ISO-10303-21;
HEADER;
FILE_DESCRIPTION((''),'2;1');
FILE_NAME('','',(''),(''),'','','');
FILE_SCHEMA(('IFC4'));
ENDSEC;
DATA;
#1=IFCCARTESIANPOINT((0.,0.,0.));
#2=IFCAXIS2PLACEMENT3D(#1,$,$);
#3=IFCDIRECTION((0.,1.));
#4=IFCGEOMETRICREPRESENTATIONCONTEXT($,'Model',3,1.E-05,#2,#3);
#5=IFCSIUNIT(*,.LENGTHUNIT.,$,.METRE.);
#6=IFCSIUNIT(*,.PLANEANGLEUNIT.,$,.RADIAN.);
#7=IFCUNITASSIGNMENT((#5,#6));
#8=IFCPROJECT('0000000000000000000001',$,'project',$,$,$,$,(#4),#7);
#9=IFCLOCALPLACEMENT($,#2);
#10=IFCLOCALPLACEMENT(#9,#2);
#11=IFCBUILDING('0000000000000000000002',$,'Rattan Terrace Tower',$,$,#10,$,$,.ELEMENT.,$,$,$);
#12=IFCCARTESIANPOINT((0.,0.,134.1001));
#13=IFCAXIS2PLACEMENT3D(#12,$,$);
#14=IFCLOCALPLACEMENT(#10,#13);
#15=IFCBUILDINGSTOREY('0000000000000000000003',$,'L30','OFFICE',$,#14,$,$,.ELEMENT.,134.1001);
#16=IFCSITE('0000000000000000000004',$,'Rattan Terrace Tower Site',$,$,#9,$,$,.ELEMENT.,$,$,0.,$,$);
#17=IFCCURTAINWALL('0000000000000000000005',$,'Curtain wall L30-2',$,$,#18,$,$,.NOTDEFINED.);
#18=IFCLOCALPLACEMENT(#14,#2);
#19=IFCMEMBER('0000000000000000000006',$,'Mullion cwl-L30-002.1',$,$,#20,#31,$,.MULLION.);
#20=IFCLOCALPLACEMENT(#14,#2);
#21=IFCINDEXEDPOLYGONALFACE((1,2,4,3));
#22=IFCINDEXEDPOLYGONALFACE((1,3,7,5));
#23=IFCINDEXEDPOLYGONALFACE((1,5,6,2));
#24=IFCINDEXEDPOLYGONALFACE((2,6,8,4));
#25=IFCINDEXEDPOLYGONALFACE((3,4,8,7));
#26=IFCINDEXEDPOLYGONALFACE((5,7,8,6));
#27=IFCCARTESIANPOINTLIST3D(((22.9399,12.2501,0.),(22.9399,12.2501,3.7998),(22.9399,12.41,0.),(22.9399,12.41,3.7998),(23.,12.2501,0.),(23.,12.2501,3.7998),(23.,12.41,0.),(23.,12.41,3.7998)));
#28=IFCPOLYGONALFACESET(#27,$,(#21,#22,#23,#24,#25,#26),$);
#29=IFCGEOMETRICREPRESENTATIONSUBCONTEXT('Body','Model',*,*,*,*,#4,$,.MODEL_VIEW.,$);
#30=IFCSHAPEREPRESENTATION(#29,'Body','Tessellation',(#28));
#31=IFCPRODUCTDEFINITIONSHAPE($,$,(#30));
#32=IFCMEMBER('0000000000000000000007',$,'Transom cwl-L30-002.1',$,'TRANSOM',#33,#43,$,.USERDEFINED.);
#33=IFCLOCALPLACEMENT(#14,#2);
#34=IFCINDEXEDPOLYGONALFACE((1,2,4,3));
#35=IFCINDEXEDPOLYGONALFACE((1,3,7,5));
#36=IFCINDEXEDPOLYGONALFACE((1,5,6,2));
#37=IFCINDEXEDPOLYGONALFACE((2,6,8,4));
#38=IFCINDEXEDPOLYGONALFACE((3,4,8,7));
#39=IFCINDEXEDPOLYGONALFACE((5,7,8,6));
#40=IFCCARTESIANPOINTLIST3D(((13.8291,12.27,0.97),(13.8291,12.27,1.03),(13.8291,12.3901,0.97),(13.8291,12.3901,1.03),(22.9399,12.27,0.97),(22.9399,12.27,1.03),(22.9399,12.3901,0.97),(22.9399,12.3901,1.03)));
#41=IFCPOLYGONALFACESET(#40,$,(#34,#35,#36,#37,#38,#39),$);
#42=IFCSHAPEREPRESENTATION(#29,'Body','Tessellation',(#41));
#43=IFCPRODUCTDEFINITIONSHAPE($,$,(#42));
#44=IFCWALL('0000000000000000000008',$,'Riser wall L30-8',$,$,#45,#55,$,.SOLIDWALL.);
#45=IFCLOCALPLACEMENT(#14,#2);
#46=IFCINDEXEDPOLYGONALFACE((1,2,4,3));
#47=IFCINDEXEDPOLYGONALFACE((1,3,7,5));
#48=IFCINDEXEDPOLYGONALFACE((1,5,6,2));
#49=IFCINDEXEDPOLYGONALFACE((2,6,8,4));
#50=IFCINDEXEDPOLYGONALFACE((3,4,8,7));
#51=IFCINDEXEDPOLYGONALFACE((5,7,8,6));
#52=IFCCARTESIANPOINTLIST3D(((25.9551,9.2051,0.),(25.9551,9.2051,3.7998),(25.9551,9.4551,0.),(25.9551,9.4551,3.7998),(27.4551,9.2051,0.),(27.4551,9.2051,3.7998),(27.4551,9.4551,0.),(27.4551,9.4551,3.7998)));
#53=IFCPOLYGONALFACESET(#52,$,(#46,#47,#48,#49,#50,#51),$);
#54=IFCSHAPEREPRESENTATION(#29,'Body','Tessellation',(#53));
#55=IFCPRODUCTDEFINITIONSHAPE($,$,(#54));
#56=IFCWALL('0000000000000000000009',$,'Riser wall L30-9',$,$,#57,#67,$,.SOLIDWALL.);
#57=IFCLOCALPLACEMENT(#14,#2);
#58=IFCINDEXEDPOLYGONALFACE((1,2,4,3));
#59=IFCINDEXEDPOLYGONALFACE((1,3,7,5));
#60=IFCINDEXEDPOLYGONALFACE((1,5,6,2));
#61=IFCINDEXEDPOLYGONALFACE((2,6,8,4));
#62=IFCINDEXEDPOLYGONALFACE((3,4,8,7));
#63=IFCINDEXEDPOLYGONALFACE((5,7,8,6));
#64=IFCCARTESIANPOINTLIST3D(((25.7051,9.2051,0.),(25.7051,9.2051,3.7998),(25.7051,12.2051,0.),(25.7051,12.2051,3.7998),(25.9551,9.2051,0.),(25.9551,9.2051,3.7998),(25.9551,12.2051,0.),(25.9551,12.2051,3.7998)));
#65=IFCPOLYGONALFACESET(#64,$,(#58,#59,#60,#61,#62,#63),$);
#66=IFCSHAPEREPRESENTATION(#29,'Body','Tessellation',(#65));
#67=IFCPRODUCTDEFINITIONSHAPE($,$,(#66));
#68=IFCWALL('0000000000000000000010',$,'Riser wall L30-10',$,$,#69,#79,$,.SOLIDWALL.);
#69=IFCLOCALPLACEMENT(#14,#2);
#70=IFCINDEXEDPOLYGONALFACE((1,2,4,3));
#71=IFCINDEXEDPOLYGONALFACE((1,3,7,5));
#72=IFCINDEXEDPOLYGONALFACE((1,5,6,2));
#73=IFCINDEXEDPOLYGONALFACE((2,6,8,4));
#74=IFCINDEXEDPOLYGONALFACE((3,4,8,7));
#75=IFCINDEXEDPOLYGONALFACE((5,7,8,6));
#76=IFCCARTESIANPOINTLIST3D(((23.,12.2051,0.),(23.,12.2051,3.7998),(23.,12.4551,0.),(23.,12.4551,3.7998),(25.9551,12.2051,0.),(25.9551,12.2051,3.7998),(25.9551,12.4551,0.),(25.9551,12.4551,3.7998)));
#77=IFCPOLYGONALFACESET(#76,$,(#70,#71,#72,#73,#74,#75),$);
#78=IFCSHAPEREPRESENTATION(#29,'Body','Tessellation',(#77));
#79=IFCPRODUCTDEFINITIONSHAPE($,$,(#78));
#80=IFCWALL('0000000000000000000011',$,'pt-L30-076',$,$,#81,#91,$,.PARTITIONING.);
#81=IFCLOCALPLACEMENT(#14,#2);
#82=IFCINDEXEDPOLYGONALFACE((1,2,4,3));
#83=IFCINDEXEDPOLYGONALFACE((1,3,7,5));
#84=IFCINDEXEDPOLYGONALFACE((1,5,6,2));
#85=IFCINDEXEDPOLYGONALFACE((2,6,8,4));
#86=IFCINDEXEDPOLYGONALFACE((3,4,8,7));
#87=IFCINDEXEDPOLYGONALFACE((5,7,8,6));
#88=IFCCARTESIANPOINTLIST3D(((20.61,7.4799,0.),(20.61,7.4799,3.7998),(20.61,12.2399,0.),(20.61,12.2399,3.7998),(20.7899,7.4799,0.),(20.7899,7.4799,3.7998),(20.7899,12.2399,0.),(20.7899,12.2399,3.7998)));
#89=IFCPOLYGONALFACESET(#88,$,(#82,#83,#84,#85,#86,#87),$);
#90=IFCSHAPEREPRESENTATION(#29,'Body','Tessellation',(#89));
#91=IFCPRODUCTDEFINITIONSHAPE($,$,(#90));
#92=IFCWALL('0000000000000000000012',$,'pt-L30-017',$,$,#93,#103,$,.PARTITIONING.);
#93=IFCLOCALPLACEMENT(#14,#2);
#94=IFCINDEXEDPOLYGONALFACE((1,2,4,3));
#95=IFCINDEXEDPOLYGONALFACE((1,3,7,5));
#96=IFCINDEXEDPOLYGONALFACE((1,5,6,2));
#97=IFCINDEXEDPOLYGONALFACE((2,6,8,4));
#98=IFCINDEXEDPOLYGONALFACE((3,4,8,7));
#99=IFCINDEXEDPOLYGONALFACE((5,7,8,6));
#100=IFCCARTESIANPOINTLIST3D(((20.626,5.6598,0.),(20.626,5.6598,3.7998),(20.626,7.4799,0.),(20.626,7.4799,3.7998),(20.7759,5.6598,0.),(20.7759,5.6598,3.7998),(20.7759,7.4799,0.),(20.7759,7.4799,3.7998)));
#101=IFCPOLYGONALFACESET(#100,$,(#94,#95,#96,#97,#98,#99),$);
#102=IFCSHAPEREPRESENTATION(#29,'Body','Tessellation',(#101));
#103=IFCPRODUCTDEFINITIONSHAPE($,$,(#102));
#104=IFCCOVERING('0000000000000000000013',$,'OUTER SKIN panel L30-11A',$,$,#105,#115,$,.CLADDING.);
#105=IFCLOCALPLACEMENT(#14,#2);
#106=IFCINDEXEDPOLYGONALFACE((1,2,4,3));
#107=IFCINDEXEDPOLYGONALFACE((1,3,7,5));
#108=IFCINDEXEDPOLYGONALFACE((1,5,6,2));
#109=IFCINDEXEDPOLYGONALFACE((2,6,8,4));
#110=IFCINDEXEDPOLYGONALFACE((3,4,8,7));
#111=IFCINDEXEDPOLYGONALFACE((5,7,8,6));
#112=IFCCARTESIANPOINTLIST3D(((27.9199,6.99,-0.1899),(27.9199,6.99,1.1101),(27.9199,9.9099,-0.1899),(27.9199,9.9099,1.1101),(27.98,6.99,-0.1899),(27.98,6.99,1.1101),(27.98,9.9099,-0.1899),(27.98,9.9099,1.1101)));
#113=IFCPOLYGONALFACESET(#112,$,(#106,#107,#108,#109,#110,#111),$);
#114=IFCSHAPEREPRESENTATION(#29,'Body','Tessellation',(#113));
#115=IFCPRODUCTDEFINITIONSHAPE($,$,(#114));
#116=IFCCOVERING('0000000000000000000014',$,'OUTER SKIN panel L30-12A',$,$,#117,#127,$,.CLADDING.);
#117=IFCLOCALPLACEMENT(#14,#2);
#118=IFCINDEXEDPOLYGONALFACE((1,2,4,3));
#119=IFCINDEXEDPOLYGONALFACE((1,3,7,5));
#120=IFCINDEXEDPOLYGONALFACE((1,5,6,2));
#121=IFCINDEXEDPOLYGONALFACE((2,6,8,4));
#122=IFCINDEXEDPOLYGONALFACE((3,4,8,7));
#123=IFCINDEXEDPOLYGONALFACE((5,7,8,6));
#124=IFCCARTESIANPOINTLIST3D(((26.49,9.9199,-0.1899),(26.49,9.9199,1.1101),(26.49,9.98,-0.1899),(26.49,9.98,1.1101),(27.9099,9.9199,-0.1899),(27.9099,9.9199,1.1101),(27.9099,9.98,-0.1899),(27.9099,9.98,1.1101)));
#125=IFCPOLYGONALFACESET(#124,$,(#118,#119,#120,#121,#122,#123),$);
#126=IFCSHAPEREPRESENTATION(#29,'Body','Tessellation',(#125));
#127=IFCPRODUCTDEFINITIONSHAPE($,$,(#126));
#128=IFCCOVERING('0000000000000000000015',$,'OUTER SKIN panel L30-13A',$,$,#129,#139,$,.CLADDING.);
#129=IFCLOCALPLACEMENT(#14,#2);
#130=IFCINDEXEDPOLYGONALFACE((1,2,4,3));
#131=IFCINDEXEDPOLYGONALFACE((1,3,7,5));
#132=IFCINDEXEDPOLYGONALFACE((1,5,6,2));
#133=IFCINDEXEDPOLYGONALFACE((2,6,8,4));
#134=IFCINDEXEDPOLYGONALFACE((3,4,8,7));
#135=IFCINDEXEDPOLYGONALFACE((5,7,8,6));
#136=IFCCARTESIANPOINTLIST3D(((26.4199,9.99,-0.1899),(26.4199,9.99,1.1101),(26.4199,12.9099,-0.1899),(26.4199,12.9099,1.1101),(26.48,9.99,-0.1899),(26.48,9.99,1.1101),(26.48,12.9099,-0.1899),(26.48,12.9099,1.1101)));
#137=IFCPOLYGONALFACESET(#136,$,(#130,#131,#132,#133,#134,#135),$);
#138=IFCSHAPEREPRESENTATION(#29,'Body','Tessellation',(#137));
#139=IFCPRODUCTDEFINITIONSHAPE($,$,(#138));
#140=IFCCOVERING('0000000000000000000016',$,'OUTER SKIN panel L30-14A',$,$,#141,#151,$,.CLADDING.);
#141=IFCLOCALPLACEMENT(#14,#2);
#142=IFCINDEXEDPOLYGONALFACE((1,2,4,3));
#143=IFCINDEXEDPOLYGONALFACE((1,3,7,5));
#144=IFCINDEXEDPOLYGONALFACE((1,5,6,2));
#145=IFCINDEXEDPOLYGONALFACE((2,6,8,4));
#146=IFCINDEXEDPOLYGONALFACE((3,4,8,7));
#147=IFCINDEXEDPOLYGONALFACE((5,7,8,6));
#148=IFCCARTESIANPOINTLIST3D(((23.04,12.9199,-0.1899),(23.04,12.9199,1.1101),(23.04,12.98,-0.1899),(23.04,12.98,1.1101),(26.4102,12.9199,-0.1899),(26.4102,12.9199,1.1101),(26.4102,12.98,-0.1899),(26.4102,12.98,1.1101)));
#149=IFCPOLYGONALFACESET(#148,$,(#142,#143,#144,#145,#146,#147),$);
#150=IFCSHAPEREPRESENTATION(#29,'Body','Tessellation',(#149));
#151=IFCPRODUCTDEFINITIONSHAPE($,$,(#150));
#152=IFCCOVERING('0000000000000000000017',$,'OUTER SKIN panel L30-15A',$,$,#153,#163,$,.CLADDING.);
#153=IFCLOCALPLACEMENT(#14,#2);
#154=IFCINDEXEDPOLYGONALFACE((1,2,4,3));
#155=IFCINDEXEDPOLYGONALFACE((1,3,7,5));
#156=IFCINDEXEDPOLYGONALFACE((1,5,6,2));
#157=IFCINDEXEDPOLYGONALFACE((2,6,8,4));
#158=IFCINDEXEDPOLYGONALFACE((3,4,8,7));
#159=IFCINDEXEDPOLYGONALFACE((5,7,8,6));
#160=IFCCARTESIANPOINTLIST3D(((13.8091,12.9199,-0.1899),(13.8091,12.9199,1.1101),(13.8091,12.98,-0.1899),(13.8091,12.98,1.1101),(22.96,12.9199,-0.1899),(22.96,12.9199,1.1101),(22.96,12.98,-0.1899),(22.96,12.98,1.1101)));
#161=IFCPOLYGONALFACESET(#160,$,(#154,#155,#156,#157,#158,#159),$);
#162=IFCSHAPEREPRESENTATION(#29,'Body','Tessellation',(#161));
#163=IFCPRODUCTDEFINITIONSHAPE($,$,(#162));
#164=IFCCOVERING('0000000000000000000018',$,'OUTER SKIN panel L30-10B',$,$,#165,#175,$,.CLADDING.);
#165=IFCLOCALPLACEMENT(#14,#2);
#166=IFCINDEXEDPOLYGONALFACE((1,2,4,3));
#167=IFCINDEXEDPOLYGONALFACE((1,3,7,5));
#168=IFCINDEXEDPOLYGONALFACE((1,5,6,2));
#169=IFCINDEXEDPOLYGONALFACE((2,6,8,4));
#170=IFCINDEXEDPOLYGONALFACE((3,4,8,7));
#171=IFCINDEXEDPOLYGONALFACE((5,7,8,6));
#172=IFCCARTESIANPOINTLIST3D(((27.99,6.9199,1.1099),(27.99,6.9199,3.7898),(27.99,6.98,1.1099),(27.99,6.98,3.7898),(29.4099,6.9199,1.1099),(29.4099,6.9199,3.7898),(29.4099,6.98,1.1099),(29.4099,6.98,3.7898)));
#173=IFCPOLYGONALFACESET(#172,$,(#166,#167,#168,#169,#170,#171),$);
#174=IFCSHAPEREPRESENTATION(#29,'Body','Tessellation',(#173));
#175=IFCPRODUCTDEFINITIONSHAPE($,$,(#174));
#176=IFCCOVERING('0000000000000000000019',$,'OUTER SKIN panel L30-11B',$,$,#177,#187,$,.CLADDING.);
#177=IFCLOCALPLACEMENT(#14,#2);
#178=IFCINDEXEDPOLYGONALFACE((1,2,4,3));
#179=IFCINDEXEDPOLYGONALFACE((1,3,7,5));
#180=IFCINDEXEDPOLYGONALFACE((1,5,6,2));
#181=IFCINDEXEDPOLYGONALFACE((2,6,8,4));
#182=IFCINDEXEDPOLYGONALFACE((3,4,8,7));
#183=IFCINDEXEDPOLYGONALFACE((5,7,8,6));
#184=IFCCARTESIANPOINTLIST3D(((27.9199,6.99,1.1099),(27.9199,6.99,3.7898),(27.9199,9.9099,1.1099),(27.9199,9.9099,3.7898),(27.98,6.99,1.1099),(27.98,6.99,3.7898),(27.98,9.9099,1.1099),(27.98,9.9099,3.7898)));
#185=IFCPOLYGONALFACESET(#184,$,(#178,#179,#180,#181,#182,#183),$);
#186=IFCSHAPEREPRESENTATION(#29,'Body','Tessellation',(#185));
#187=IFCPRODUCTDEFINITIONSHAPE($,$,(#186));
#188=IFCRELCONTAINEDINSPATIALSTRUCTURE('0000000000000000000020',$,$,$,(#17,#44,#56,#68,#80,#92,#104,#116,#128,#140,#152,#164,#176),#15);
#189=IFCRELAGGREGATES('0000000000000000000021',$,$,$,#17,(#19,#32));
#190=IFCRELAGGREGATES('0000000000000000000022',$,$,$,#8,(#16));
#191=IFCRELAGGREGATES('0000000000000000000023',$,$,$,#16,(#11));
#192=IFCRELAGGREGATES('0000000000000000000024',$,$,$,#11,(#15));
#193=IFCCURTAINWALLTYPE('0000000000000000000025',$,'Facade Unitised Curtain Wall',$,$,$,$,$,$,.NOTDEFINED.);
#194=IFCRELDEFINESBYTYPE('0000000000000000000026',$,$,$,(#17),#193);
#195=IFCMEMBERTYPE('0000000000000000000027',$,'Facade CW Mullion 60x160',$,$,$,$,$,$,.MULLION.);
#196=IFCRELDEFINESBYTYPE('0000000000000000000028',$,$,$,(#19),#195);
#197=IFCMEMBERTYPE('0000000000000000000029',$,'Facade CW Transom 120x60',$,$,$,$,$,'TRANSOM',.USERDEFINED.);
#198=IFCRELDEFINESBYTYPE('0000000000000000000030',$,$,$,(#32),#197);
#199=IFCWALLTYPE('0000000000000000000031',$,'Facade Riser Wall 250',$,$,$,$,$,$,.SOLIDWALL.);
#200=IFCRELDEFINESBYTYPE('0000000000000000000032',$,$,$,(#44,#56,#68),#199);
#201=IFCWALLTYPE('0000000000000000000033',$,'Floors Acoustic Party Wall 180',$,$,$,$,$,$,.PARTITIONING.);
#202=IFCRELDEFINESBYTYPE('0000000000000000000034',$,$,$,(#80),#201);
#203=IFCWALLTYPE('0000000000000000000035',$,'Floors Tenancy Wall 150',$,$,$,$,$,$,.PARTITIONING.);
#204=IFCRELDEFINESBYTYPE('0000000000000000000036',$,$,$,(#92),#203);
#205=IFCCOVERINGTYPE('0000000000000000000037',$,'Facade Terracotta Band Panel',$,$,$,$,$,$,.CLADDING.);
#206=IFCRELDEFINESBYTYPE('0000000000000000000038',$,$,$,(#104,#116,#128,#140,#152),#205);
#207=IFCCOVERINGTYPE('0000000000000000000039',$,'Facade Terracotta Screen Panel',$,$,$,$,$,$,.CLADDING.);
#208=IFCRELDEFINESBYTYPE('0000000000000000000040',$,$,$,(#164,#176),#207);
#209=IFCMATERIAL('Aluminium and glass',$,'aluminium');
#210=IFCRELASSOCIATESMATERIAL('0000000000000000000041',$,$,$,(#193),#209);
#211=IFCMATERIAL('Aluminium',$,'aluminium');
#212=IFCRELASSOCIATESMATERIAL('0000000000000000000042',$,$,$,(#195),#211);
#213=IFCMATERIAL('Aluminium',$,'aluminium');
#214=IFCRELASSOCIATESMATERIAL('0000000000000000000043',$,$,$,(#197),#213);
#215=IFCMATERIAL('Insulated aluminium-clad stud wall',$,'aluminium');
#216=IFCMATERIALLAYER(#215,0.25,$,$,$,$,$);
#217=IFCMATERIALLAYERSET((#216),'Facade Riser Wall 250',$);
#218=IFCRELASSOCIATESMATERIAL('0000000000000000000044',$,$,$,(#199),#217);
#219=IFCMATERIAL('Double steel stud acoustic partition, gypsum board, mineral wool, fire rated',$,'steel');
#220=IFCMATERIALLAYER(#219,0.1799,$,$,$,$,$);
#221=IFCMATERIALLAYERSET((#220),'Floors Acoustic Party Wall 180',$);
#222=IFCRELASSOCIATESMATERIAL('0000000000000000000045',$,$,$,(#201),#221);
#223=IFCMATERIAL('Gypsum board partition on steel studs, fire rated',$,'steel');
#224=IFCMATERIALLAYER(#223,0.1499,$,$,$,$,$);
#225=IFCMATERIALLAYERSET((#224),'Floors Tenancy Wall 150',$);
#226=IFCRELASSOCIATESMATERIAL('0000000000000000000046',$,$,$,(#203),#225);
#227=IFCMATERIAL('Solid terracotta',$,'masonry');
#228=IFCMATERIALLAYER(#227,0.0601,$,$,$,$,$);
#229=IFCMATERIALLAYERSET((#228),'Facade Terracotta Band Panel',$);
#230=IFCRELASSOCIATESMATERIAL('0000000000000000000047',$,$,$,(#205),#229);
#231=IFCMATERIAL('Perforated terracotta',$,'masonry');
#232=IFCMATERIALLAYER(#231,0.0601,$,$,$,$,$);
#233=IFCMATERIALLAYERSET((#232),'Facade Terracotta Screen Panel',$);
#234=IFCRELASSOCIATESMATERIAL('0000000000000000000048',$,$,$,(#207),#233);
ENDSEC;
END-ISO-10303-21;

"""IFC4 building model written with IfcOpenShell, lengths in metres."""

from ifc_helpers import new_model, si_unit, direction, frame, frame_2d, origin, origin_2d, place, context, subcontext, project, spatial, rectangle, extrude, material, layer, layer_set, material_profile, profile_set, type_object, element, aggregate, save


model = new_model("IFC4")

# Units and contexts
model_context = context("Model", 3, precision=1e-05, world=origin(), true_north=direction((0.0, 1.0)))
body_context = subcontext(model_context, "Body", "Model", "MODEL_VIEW")
ifc_project = project(units=[si_unit("LENGTHUNIT", "METRE"), si_unit("PLANEANGLEUNIT", "RADIAN")], contexts=[model_context])

# Site, building, storey
site_placement = place(None, origin())
site = spatial("IfcSite", under=ifc_project, at=site_placement, Name="Rattan Terrace Tower Site", CompositionType="ELEMENT", RefElevation=0.0)
building_placement = place(site_placement, origin())
building = spatial("IfcBuilding", under=site, at=building_placement, Name="Rattan Terrace Tower", CompositionType="ELEMENT")
storey_placement = place(building_placement, frame((0.0, 0.0, 134.1001)))
storey = spatial("IfcBuildingStorey", under=building, at=storey_placement, Name="L30", Description="OFFICE", CompositionType="ELEMENT", Elevation=134.1001)

# Curtain wall, members
ifc_material_1 = material(Name="Aluminium and glass", Category="aluminium")
curtain_wall_type = type_object("IfcCurtainWallType", Name="Facade Unitised Curtain Wall", PredefinedType="NOTDEFINED", material=ifc_material_1)
curtain_wall_placement = place(storey_placement, origin())
curtain_wall = element("IfcCurtainWall", 1, at=curtain_wall_placement, inside=storey, type_object=curtain_wall_type, Name="Curtain wall L30-2", PredefinedType="NOTDEFINED")
ifc_material_2 = material(Name="Aluminium", Category="aluminium")
ifc_material_profile_1 = material_profile(ifc_material_2, rectangle(XDim=0.0601, YDim=0.1599, at=origin_2d()), Name="Aluminium 60x160")
ifc_profile_set_1 = profile_set([ifc_material_profile_1], Name="Aluminium")
member_type_1 = type_object("IfcMemberType", Name="Facade CW Mullion 60x160", PredefinedType="MULLION", material=ifc_profile_set_1)
member_1_placement = place(storey_placement, frame((22.97, 12.3301, 0.0), z_axis=(0.0, 0.0, 1.0), x_axis=(-1.0, 0.0, 0.0)))
member_1 = element("IfcMember", 2, at=member_1_placement, type_object=member_type_1, Name="Mullion cwl-L30-002.1", PredefinedType="MULLION", context=body_context, shape_type="SweptSolid", body=[
    extrude(rectangle(XDim=0.0601, YDim=0.1599, at=origin_2d()), origin(), (0.0, 0.0, 1.0), 3.7998),
])
ifc_material_3 = material(Name="Aluminium", Category="aluminium")
ifc_material_profile_2 = material_profile(ifc_material_3, rectangle(XDim=0.1201, YDim=0.0601, at=origin_2d()), Name="Aluminium 120x60")
ifc_profile_set_2 = profile_set([ifc_material_profile_2], Name="Aluminium")
member_type_2 = type_object("IfcMemberType", Name="Facade CW Transom 120x60", ElementType="TRANSOM", PredefinedType="USERDEFINED", material=ifc_profile_set_2)
member_2_placement = place(storey_placement, frame((22.9399, 12.3301, 1.0), z_axis=(-1.0, 0.0, 0.0), x_axis=(0.0, -1.0, 0.0)))
member_2 = element("IfcMember", 3, at=member_2_placement, type_object=member_type_2, Name="Transom cwl-L30-002.1", ObjectType="TRANSOM", PredefinedType="USERDEFINED", context=body_context, shape_type="SweptSolid", body=[
    extrude(rectangle(XDim=0.1201, YDim=0.0601, at=origin_2d()), origin(), (0.0, 0.0, 1.0), 9.1108),
])
aggregate(curtain_wall, [member_1, member_2])

# Walls
ifc_material_4 = material(Name="Insulated aluminium-clad stud wall", Category="aluminium")
ifc_layer_1 = layer(ifc_material_4, 0.25)
ifc_layer_set_1 = layer_set([ifc_layer_1], Name="Facade Riser Wall 250")
wall_type_1 = type_object("IfcWallType", Name="Facade Riser Wall 250", PredefinedType="SOLIDWALL", material=ifc_layer_set_1)
wall_1_placement = place(storey_placement, frame((27.4551, 9.3301, 0.0), z_axis=(0.0, 0.0, 1.0), x_axis=(-1.0, 0.0, 0.0)))
element("IfcWall", 4, at=wall_1_placement, inside=storey, type_object=wall_type_1, Name="Riser wall L30-8", PredefinedType="SOLIDWALL", context=body_context, shape_type="SweptSolid", body=[
    extrude(rectangle(XDim=1.5, YDim=0.25, at=frame_2d((0.75, 0.0))), origin(), (0.0, 0.0, 1.0), 3.7998),
])
wall_2_placement = place(storey_placement, frame((25.8301, 9.2051, 0.0), z_axis=(0.0, 0.0, 1.0), x_axis=(0.0, 1.0, 0.0)))
element("IfcWall", 5, at=wall_2_placement, inside=storey, type_object=wall_type_1, Name="Riser wall L30-9", PredefinedType="SOLIDWALL", context=body_context, shape_type="SweptSolid", body=[
    extrude(rectangle(XDim=3.0, YDim=0.25, at=frame_2d((1.5, 0.0))), origin(), (0.0, 0.0, 1.0), 3.7998),
])
wall_3_placement = place(storey_placement, frame((25.9551, 12.3301, 0.0), z_axis=(0.0, 0.0, 1.0), x_axis=(-1.0, 0.0, 0.0)))
element("IfcWall", 6, at=wall_3_placement, inside=storey, type_object=wall_type_1, Name="Riser wall L30-10", PredefinedType="SOLIDWALL", context=body_context, shape_type="SweptSolid", body=[
    extrude(rectangle(XDim=2.9551, YDim=0.25, at=frame_2d((1.4775, 0.0))), origin(), (0.0, 0.0, 1.0), 3.7998),
])
ifc_material_5 = material(Name="Double steel stud acoustic partition, gypsum board, mineral wool, fire rated", Category="steel")
ifc_layer_2 = layer(ifc_material_5, 0.1799)
ifc_layer_set_2 = layer_set([ifc_layer_2], Name="Floors Acoustic Party Wall 180")
wall_type_2 = type_object("IfcWallType", Name="Floors Acoustic Party Wall 180", PredefinedType="PARTITIONING", material=ifc_layer_set_2)
wall_4_placement = place(storey_placement, frame((20.7, 7.48, 0.0), z_axis=(0.0, 0.0, 1.0), x_axis=(0.0, 1.0, 0.0)))
element("IfcWall", 7, at=wall_4_placement, inside=storey, type_object=wall_type_2, Name="pt-L30-076", PredefinedType="PARTITIONING", context=body_context, shape_type="SweptSolid", body=[
    extrude(rectangle(XDim=4.76, YDim=0.1799, at=frame_2d((2.3799, 0.0))), origin(), (0.0, 0.0, 1.0), 3.7998),
])
ifc_material_6 = material(Name="Gypsum board partition on steel studs, fire rated", Category="steel")
ifc_layer_3 = layer(ifc_material_6, 0.1499)
ifc_layer_set_3 = layer_set([ifc_layer_3], Name="Floors Tenancy Wall 150")
wall_type_3 = type_object("IfcWallType", Name="Floors Tenancy Wall 150", PredefinedType="PARTITIONING", material=ifc_layer_set_3)
wall_5_placement = place(storey_placement, frame((20.7009, 7.48, 0.0), z_axis=(0.0, 0.0, 1.0), x_axis=(0.0, -1.0, 0.0)))
element("IfcWall", 8, at=wall_5_placement, inside=storey, type_object=wall_type_3, Name="pt-L30-017", PredefinedType="PARTITIONING", context=body_context, shape_type="SweptSolid", body=[
    extrude(rectangle(XDim=1.8201, YDim=0.1499, at=frame_2d((0.9102, 0.0))), origin(), (0.0, 0.0, 1.0), 3.7998),
])

# Coverings
ifc_material_7 = material(Name="Solid terracotta", Category="masonry")
ifc_layer_4 = layer(ifc_material_7, 0.0601)
ifc_layer_set_4 = layer_set([ifc_layer_4], Name="Facade Terracotta Band Panel")
covering_type_1 = type_object("IfcCoveringType", Name="Facade Terracotta Band Panel", PredefinedType="CLADDING", material=ifc_layer_set_4)
covering_1_placement = place(storey_placement, frame((27.95, 8.45, -0.1899), z_axis=(0.0, 0.0, 1.0), x_axis=(0.0, 1.0, 0.0)))
element("IfcCovering", 9, at=covering_1_placement, inside=storey, type_object=covering_type_1, Name="OUTER SKIN panel L30-11A", PredefinedType="CLADDING", context=body_context, shape_type="SweptSolid", body=[
    extrude(rectangle(XDim=2.9199, YDim=0.0601, at=origin_2d()), origin(), (0.0, 0.0, 1.0), 1.3),
])
covering_2_placement = place(storey_placement, frame((27.2, 9.95, -0.1899), z_axis=(0.0, 0.0, 1.0), x_axis=(-1.0, 0.0, 0.0)))
element("IfcCovering", 10, at=covering_2_placement, inside=storey, type_object=covering_type_1, Name="OUTER SKIN panel L30-12A", PredefinedType="CLADDING", context=body_context, shape_type="SweptSolid", body=[
    extrude(rectangle(XDim=1.4199, YDim=0.0601, at=origin_2d()), origin(), (0.0, 0.0, 1.0), 1.3),
])
covering_3_placement = place(storey_placement, frame((26.45, 11.45, -0.1899), z_axis=(0.0, 0.0, 1.0), x_axis=(0.0, 1.0, 0.0)))
element("IfcCovering", 11, at=covering_3_placement, inside=storey, type_object=covering_type_1, Name="OUTER SKIN panel L30-13A", PredefinedType="CLADDING", context=body_context, shape_type="SweptSolid", body=[
    extrude(rectangle(XDim=2.9199, YDim=0.0601, at=origin_2d()), origin(), (0.0, 0.0, 1.0), 1.3),
])
covering_4_placement = place(storey_placement, frame((24.7251, 12.95, -0.1899), z_axis=(0.0, 0.0, 1.0), x_axis=(-1.0, 0.0, 0.0)))
element("IfcCovering", 12, at=covering_4_placement, inside=storey, type_object=covering_type_1, Name="OUTER SKIN panel L30-14A", PredefinedType="CLADDING", context=body_context, shape_type="SweptSolid", body=[
    extrude(rectangle(XDim=3.3701, YDim=0.0601, at=origin_2d()), origin(), (0.0, 0.0, 1.0), 1.3),
])
covering_5_placement = place(storey_placement, frame((18.3845, 12.95, -0.1899), z_axis=(0.0, 0.0, 1.0), x_axis=(-1.0, 0.0, 0.0)))
element("IfcCovering", 13, at=covering_5_placement, inside=storey, type_object=covering_type_1, Name="OUTER SKIN panel L30-15A", PredefinedType="CLADDING", context=body_context, shape_type="SweptSolid", body=[
    extrude(rectangle(XDim=9.1509, YDim=0.0601, at=origin_2d()), origin(), (0.0, 0.0, 1.0), 1.3),
])
ifc_material_8 = material(Name="Perforated terracotta", Category="masonry")
ifc_layer_5 = layer(ifc_material_8, 0.0601)
ifc_layer_set_5 = layer_set([ifc_layer_5], Name="Facade Terracotta Screen Panel")
covering_type_2 = type_object("IfcCoveringType", Name="Facade Terracotta Screen Panel", PredefinedType="CLADDING", material=ifc_layer_set_5)
covering_6_placement = place(storey_placement, frame((28.7, 6.95, 1.1099), z_axis=(0.0, 0.0, 1.0), x_axis=(-1.0, 0.0, 0.0)))
element("IfcCovering", 14, at=covering_6_placement, inside=storey, type_object=covering_type_2, Name="OUTER SKIN panel L30-10B", PredefinedType="CLADDING", context=body_context, shape_type="SweptSolid", body=[
    extrude(rectangle(XDim=1.4199, YDim=0.0601, at=origin_2d()), origin(), (0.0, 0.0, 1.0), 2.6799),
])
covering_7_placement = place(storey_placement, frame((27.95, 8.45, 1.1099), z_axis=(0.0, 0.0, 1.0), x_axis=(0.0, 1.0, 0.0)))
element("IfcCovering", 15, at=covering_7_placement, inside=storey, type_object=covering_type_2, Name="OUTER SKIN panel L30-11B", PredefinedType="CLADDING", context=body_context, shape_type="SweptSolid", body=[
    extrude(rectangle(XDim=2.9199, YDim=0.0601, at=origin_2d()), origin(), (0.0, 0.0, 1.0), 2.6799),
])

save(model, "model.ifc")
